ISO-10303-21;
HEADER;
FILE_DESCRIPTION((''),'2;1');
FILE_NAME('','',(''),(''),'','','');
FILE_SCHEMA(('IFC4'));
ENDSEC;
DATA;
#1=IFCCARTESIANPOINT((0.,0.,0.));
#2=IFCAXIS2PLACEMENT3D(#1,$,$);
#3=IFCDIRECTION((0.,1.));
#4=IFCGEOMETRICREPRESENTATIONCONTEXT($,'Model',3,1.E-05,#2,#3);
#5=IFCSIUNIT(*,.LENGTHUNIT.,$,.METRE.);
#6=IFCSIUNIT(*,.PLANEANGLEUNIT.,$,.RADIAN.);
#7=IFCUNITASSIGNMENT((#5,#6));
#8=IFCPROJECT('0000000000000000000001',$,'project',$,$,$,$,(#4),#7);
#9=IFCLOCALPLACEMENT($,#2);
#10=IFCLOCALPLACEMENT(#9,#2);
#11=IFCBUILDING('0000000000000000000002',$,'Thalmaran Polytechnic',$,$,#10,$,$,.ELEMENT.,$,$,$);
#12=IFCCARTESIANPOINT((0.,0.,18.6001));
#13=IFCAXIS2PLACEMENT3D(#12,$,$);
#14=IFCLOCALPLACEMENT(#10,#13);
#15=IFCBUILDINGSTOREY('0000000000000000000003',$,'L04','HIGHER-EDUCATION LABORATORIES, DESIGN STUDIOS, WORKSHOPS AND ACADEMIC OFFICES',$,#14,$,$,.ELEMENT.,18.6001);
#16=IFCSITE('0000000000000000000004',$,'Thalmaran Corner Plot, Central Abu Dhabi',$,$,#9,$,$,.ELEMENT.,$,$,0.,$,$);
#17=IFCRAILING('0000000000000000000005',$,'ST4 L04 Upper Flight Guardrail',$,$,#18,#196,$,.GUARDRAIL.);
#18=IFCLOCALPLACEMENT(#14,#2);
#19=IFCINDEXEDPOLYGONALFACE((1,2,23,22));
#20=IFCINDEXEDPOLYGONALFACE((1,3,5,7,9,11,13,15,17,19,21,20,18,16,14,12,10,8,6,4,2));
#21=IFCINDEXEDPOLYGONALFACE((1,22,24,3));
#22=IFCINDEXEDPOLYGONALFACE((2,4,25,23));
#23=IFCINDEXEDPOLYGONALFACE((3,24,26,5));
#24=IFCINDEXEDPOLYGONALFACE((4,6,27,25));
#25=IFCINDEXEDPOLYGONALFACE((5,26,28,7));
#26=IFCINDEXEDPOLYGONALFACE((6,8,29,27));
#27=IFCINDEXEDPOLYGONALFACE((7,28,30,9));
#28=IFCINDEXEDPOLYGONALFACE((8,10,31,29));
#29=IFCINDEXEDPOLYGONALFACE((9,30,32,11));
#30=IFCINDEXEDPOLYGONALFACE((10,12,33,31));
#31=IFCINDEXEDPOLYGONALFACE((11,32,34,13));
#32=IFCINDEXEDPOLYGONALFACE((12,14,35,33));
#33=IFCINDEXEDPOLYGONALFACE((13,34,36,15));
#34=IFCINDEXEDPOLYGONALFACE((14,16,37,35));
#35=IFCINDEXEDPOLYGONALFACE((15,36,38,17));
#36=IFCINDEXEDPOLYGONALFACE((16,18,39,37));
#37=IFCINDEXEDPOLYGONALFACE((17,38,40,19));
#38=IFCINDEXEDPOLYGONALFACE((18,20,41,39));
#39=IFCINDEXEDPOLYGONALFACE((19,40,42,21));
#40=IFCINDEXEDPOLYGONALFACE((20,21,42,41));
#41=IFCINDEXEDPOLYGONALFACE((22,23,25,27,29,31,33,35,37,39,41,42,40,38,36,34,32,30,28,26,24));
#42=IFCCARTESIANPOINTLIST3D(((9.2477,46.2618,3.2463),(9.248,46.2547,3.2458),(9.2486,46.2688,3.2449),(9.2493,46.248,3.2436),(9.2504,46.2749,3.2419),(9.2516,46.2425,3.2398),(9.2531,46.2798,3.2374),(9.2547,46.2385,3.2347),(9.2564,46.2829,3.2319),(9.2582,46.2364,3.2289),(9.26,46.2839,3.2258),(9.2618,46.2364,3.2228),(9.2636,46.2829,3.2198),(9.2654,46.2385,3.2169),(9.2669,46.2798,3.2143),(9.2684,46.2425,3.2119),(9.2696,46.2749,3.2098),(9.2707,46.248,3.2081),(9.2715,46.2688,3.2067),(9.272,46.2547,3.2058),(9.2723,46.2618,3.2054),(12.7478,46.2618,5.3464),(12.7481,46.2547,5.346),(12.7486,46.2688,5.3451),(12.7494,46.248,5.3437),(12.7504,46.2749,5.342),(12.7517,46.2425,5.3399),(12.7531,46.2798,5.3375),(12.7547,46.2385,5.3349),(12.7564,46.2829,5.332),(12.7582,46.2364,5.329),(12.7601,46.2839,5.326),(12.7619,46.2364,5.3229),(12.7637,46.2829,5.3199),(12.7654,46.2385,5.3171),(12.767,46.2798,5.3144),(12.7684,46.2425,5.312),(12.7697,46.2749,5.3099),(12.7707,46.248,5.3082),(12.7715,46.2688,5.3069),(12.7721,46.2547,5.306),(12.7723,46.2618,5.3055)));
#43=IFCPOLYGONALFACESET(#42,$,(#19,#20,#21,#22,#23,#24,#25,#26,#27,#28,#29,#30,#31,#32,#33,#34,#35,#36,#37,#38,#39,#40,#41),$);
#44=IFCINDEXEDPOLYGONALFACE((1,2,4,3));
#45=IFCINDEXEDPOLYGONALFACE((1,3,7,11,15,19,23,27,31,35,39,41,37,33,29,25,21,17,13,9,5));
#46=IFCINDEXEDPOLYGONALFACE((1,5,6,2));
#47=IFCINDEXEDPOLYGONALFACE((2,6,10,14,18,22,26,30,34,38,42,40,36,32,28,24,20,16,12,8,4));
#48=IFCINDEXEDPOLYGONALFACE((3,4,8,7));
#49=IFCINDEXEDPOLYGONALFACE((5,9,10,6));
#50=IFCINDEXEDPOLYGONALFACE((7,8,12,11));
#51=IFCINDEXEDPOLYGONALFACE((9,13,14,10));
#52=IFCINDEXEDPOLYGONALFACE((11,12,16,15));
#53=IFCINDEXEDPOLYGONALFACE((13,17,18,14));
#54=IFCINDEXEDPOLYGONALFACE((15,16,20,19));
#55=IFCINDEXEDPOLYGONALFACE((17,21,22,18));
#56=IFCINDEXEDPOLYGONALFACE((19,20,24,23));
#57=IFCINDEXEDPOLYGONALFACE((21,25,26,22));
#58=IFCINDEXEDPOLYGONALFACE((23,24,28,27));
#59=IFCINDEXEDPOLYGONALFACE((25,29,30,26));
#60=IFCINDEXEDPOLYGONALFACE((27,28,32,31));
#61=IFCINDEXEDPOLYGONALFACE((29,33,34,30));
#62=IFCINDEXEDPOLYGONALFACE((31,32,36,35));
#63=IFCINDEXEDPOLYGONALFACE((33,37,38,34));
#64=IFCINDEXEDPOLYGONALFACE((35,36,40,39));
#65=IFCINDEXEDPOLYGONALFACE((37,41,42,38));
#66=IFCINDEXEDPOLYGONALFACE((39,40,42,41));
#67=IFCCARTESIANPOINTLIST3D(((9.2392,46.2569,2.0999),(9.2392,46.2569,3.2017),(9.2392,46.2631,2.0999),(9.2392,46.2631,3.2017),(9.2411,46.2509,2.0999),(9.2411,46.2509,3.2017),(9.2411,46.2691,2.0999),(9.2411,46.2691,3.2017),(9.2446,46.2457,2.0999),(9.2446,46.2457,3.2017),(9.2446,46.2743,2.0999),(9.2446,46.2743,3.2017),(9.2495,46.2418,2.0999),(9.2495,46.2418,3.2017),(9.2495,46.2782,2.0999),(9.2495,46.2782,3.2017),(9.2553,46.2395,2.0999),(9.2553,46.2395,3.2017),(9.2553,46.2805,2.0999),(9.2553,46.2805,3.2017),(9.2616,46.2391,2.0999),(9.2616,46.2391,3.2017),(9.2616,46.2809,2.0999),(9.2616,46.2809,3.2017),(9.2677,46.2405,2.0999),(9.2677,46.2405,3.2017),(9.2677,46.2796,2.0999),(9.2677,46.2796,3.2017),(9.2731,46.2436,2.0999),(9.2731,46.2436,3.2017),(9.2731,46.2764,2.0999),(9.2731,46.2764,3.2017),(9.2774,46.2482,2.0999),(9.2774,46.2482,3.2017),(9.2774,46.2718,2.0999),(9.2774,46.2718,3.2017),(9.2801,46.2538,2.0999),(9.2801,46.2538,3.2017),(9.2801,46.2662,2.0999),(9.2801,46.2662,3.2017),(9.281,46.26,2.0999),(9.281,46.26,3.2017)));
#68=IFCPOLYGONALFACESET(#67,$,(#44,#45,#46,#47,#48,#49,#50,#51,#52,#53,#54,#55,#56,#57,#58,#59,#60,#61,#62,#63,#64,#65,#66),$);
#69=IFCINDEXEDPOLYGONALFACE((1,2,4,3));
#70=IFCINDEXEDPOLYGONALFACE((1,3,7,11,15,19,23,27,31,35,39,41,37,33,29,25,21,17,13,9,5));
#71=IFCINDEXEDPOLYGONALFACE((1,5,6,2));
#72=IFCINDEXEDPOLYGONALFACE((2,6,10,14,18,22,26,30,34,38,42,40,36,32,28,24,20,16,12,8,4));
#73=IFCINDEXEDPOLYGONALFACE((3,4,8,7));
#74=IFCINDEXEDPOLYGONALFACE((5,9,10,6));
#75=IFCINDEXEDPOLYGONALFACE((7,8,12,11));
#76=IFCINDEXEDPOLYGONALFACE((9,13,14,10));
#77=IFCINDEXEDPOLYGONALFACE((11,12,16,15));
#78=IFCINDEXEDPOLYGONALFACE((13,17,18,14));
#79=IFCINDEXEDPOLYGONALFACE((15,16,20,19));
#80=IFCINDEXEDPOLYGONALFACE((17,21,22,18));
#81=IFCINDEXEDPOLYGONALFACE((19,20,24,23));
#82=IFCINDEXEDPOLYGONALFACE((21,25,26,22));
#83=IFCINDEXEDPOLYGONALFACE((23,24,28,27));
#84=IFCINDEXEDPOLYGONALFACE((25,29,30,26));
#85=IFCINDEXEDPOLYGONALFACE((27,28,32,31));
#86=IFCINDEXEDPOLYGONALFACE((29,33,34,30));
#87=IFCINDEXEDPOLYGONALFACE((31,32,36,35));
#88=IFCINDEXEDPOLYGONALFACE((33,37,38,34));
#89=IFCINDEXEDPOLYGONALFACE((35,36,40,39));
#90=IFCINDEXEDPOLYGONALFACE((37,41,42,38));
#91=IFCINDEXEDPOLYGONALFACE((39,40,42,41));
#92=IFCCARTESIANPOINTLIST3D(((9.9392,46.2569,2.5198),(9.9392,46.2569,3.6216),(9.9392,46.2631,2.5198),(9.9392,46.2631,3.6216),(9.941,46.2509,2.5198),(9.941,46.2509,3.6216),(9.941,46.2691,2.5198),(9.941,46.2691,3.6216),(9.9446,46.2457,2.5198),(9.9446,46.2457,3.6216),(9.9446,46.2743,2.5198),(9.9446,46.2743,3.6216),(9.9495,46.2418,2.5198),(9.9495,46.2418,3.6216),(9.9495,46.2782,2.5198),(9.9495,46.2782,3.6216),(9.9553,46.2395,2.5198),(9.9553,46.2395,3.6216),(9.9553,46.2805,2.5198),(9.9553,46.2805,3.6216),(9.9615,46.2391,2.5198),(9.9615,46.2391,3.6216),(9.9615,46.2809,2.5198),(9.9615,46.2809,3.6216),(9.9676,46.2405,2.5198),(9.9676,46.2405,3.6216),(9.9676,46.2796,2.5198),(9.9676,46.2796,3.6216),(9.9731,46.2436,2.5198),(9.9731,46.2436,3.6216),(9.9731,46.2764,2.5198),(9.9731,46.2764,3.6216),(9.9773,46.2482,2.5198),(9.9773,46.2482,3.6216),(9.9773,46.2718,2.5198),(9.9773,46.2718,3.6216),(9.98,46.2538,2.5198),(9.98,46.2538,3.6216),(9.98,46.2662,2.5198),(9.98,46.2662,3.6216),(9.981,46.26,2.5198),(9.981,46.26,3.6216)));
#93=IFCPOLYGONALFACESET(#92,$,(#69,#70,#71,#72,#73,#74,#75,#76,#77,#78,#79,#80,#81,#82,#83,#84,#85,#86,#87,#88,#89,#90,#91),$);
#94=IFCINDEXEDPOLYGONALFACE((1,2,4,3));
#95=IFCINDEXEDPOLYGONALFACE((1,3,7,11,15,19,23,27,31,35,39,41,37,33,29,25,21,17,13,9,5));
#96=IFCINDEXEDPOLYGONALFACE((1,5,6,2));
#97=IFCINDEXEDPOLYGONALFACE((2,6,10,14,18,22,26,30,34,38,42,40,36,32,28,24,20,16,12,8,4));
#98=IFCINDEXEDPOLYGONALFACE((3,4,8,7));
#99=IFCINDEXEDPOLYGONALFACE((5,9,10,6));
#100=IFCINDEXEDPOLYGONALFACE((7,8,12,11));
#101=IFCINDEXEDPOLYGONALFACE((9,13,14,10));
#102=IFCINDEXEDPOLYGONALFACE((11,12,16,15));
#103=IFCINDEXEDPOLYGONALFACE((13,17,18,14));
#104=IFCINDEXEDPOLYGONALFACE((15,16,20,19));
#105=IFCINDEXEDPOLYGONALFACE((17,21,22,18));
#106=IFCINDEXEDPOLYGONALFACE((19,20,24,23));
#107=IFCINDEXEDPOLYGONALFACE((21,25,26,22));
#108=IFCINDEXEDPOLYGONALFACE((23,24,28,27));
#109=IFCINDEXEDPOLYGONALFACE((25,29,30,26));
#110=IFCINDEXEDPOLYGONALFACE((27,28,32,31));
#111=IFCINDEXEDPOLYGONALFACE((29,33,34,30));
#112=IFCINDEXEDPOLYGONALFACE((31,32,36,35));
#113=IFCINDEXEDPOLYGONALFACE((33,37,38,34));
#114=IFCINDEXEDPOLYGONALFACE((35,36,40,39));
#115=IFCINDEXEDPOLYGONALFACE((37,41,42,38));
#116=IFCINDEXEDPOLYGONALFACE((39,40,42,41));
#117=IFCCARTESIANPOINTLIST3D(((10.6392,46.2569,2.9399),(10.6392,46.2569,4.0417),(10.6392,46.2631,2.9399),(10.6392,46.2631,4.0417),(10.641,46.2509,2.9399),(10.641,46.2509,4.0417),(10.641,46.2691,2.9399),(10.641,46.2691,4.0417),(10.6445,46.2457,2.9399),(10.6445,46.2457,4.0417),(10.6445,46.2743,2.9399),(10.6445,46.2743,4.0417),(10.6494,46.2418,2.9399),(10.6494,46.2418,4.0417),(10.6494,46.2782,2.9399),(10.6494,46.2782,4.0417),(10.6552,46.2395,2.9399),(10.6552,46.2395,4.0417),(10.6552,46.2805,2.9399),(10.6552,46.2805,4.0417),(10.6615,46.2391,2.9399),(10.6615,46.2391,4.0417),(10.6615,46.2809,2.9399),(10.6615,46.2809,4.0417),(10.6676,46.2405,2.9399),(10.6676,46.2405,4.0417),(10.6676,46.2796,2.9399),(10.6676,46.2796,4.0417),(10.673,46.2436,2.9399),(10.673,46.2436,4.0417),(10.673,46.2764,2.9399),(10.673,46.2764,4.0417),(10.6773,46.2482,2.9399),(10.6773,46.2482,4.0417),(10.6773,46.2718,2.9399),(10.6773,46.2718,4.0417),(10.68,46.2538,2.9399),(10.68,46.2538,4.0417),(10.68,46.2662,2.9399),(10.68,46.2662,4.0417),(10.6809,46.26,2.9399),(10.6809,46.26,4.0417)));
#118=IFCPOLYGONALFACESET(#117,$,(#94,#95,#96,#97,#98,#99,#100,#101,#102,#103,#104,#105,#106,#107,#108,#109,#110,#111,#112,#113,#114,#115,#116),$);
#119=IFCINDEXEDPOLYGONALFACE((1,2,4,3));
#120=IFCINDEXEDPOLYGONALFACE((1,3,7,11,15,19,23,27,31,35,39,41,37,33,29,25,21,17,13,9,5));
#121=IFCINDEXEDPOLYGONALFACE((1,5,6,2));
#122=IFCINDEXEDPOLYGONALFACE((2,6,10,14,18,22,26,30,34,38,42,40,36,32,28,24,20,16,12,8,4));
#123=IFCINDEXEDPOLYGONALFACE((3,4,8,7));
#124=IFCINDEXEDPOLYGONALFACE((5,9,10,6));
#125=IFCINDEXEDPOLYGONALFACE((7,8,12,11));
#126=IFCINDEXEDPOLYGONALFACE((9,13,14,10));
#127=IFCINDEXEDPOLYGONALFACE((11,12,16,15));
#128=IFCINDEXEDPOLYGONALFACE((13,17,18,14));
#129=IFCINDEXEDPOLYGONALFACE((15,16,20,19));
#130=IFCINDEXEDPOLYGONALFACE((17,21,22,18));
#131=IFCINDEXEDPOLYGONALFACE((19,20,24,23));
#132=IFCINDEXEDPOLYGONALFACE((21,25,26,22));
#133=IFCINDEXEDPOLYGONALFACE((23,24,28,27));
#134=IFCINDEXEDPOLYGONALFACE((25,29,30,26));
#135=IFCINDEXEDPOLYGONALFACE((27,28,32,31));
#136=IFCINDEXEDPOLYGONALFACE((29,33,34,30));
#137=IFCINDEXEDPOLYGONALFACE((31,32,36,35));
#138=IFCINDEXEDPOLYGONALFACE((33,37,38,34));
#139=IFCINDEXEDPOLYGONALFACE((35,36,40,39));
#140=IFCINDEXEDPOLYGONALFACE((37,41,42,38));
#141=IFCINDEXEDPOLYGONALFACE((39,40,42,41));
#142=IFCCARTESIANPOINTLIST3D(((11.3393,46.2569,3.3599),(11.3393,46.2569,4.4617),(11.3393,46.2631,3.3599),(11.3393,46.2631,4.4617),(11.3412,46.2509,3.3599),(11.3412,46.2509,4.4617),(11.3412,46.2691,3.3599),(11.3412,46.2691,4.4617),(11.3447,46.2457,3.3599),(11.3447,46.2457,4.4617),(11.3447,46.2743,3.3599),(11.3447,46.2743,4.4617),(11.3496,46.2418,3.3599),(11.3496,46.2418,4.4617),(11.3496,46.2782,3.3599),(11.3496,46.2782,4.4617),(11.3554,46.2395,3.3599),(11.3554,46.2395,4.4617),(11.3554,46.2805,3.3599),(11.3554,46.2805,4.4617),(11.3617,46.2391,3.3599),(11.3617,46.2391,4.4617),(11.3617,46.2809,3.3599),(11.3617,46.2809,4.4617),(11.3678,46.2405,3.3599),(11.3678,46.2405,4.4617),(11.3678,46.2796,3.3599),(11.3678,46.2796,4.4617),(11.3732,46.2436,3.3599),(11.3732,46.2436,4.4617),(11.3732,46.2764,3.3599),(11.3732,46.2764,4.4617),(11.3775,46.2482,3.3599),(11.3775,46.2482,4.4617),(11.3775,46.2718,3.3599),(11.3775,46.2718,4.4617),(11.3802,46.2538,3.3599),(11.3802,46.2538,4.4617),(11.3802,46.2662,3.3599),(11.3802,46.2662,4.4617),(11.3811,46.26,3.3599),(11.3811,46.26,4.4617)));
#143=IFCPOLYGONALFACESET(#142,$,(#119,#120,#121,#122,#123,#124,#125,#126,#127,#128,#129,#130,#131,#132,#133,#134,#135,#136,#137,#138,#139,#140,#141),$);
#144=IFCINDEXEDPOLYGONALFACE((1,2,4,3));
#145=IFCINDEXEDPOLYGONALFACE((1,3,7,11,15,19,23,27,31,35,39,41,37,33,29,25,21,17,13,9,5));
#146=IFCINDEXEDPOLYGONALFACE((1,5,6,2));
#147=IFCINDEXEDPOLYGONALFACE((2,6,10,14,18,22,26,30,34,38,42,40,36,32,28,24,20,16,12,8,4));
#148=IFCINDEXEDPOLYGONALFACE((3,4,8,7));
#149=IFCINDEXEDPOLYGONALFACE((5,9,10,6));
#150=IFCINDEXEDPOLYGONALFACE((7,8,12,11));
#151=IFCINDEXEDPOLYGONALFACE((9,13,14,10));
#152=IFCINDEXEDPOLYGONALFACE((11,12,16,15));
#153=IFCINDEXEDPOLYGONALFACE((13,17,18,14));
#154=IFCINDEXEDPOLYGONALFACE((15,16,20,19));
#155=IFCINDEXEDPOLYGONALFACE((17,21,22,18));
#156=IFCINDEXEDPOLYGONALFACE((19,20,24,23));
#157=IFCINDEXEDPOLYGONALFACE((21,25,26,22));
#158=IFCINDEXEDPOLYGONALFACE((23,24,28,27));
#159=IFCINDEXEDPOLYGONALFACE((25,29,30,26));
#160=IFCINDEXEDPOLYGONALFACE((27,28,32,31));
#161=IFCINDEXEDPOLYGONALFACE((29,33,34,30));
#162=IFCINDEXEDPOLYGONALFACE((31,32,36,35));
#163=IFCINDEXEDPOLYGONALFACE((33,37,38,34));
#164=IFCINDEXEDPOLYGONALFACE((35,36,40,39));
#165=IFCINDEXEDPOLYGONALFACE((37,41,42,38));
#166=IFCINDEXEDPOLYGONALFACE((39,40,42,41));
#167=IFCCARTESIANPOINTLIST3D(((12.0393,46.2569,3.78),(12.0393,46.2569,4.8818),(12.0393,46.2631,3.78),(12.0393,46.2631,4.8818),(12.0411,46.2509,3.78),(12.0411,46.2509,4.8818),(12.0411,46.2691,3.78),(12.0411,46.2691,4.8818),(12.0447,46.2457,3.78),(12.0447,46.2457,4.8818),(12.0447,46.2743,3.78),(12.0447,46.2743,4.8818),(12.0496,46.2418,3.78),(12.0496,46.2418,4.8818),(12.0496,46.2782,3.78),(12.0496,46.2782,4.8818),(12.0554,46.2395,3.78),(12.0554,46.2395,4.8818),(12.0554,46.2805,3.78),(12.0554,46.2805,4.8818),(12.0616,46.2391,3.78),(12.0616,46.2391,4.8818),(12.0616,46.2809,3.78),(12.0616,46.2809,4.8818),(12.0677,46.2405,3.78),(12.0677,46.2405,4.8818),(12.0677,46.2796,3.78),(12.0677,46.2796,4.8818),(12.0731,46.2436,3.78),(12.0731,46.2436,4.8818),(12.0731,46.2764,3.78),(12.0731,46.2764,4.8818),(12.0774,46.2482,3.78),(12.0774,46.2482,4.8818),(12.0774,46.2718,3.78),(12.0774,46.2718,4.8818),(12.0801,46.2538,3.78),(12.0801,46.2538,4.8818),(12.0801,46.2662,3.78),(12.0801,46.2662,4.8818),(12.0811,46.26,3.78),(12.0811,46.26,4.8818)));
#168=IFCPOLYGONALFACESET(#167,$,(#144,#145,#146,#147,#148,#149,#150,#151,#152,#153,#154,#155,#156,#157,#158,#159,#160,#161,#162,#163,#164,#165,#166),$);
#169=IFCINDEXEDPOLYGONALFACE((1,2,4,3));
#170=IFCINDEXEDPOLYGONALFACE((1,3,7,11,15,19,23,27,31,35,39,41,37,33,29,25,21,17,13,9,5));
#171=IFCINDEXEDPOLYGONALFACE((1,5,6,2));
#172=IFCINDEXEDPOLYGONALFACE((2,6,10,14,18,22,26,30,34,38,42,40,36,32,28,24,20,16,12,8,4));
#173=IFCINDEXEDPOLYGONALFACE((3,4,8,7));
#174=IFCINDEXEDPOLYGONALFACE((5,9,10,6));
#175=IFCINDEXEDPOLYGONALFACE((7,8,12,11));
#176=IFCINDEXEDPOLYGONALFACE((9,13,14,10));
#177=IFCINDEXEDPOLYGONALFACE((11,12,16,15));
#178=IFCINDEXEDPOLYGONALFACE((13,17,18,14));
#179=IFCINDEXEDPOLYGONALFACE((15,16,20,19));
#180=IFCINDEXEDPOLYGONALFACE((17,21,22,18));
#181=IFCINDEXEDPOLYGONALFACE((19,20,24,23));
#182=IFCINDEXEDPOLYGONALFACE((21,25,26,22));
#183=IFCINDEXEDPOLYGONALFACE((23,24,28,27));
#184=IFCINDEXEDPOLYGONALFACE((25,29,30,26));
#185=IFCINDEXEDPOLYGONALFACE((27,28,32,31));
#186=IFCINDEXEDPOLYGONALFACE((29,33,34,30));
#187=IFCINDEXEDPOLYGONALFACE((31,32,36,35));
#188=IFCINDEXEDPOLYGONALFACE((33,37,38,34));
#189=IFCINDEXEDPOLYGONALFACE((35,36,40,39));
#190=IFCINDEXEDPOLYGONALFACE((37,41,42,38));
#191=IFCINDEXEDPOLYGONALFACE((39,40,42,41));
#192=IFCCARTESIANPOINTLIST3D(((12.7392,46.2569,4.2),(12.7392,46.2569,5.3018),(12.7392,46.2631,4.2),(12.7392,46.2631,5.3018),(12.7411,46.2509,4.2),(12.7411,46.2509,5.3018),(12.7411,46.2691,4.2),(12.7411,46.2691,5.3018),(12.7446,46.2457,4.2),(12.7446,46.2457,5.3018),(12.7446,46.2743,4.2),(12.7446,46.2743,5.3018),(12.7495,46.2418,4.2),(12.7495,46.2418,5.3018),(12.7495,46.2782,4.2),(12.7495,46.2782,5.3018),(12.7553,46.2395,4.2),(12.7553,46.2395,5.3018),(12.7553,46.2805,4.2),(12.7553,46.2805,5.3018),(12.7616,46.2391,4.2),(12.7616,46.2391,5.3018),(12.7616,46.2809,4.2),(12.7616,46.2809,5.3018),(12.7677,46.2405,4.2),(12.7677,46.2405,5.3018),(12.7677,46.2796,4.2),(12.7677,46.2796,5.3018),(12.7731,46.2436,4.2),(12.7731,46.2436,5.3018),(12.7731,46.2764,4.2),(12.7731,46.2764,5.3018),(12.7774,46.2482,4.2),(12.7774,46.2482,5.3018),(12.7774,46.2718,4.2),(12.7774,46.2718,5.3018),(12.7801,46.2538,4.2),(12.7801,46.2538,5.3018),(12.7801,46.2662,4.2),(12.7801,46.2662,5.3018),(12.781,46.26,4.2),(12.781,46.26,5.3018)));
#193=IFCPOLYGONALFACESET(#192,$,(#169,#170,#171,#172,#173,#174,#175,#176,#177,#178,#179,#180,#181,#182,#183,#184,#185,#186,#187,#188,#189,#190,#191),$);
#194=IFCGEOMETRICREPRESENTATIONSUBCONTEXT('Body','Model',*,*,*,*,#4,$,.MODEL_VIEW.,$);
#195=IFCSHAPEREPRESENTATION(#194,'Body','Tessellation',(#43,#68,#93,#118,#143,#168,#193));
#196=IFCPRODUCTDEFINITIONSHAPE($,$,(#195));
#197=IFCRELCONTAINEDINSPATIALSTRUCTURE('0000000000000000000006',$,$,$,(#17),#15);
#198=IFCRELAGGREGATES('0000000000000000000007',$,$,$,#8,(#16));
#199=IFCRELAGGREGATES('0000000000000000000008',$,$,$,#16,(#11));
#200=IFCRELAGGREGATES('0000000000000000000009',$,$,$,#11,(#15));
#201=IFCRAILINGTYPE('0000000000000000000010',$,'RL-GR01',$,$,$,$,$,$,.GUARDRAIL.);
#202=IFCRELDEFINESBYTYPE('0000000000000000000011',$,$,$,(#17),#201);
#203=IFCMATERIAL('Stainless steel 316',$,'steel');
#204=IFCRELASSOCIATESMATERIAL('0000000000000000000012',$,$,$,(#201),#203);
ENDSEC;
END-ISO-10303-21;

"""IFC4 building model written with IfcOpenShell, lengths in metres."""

from ifc_helpers import new_model, si_unit, direction, frame, origin, origin_2d, place, context, subcontext, project, spatial, circle, extrude, material, type_object, element, save


model = new_model("IFC4")

# Units and contexts
model_context = context("Model", 3, precision=1e-05, world=origin(), true_north=direction((0.0, 1.0)))
body_context = subcontext(model_context, "Body", "Model", "MODEL_VIEW")
ifc_project = project(units=[si_unit("LENGTHUNIT", "METRE"), si_unit("PLANEANGLEUNIT", "RADIAN")], contexts=[model_context])

# Site, building, storey
site_placement = place(None, origin())
site = spatial("IfcSite", under=ifc_project, at=site_placement, Name="Thalmaran Corner Plot, Central Abu Dhabi", CompositionType="ELEMENT", RefElevation=0.0)
building_placement = place(site_placement, origin())
building = spatial("IfcBuilding", under=site, at=building_placement, Name="Thalmaran Polytechnic", CompositionType="ELEMENT")
storey_placement = place(building_placement, frame((0.0, 0.0, 18.6001)))
storey = spatial("IfcBuildingStorey", under=building, at=storey_placement, Name="L04", Description="HIGHER-EDUCATION LABORATORIES, DESIGN STUDIOS, WORKSHOPS AND ACADEMIC OFFICES", CompositionType="ELEMENT", Elevation=18.6001)

# Railing
ifc_material_1 = material(Name="Stainless steel 316", Category="steel")
railing_type_1 = type_object("IfcRailingType", Name="RL-GR01", PredefinedType="GUARDRAIL", material=ifc_material_1)
railing_1_placement = place(storey_placement, frame((9.26, 46.26, 2.0999)))
element("IfcRailing", 1, at=railing_1_placement, inside=storey, type_object=railing_type_1, Name="ST4 L04 Upper Flight Guardrail", PredefinedType="GUARDRAIL", context=body_context, shape_type="SweptSolid", body=[
    extrude(circle(Radius=0.0239, at=origin_2d()), frame((0.0, 0.0, 1.126), z_axis=(0.857482, 0.0, 0.514513), x_axis=(0.0, 1.0, 0.0)), (0.0, 0.0, 1.0), 4.0818),
    extrude(circle(Radius=0.021, at=origin_2d()), origin(), (0.0, 0.0, 1.0), 1.1018),
    extrude(circle(Radius=0.021, at=origin_2d()), frame((0.7, 0.0, 0.4199)), (0.0, 0.0, 1.0), 1.1018),
    extrude(circle(Radius=0.021, at=origin_2d()), frame((1.3999, 0.0, 0.8401)), (0.0, 0.0, 1.0), 1.1018),
    extrude(circle(Radius=0.021, at=origin_2d()), frame((2.1001, 0.0, 1.26)), (0.0, 0.0, 1.0), 1.1018),
    extrude(circle(Radius=0.021, at=origin_2d()), frame((2.8, 0.0, 1.6802)), (0.0, 0.0, 1.0), 1.1018),
    extrude(circle(Radius=0.021, at=origin_2d()), frame((3.5, 0.0, 2.1001)), (0.0, 0.0, 1.0), 1.1018),
])

save(model, "model.ifc")
